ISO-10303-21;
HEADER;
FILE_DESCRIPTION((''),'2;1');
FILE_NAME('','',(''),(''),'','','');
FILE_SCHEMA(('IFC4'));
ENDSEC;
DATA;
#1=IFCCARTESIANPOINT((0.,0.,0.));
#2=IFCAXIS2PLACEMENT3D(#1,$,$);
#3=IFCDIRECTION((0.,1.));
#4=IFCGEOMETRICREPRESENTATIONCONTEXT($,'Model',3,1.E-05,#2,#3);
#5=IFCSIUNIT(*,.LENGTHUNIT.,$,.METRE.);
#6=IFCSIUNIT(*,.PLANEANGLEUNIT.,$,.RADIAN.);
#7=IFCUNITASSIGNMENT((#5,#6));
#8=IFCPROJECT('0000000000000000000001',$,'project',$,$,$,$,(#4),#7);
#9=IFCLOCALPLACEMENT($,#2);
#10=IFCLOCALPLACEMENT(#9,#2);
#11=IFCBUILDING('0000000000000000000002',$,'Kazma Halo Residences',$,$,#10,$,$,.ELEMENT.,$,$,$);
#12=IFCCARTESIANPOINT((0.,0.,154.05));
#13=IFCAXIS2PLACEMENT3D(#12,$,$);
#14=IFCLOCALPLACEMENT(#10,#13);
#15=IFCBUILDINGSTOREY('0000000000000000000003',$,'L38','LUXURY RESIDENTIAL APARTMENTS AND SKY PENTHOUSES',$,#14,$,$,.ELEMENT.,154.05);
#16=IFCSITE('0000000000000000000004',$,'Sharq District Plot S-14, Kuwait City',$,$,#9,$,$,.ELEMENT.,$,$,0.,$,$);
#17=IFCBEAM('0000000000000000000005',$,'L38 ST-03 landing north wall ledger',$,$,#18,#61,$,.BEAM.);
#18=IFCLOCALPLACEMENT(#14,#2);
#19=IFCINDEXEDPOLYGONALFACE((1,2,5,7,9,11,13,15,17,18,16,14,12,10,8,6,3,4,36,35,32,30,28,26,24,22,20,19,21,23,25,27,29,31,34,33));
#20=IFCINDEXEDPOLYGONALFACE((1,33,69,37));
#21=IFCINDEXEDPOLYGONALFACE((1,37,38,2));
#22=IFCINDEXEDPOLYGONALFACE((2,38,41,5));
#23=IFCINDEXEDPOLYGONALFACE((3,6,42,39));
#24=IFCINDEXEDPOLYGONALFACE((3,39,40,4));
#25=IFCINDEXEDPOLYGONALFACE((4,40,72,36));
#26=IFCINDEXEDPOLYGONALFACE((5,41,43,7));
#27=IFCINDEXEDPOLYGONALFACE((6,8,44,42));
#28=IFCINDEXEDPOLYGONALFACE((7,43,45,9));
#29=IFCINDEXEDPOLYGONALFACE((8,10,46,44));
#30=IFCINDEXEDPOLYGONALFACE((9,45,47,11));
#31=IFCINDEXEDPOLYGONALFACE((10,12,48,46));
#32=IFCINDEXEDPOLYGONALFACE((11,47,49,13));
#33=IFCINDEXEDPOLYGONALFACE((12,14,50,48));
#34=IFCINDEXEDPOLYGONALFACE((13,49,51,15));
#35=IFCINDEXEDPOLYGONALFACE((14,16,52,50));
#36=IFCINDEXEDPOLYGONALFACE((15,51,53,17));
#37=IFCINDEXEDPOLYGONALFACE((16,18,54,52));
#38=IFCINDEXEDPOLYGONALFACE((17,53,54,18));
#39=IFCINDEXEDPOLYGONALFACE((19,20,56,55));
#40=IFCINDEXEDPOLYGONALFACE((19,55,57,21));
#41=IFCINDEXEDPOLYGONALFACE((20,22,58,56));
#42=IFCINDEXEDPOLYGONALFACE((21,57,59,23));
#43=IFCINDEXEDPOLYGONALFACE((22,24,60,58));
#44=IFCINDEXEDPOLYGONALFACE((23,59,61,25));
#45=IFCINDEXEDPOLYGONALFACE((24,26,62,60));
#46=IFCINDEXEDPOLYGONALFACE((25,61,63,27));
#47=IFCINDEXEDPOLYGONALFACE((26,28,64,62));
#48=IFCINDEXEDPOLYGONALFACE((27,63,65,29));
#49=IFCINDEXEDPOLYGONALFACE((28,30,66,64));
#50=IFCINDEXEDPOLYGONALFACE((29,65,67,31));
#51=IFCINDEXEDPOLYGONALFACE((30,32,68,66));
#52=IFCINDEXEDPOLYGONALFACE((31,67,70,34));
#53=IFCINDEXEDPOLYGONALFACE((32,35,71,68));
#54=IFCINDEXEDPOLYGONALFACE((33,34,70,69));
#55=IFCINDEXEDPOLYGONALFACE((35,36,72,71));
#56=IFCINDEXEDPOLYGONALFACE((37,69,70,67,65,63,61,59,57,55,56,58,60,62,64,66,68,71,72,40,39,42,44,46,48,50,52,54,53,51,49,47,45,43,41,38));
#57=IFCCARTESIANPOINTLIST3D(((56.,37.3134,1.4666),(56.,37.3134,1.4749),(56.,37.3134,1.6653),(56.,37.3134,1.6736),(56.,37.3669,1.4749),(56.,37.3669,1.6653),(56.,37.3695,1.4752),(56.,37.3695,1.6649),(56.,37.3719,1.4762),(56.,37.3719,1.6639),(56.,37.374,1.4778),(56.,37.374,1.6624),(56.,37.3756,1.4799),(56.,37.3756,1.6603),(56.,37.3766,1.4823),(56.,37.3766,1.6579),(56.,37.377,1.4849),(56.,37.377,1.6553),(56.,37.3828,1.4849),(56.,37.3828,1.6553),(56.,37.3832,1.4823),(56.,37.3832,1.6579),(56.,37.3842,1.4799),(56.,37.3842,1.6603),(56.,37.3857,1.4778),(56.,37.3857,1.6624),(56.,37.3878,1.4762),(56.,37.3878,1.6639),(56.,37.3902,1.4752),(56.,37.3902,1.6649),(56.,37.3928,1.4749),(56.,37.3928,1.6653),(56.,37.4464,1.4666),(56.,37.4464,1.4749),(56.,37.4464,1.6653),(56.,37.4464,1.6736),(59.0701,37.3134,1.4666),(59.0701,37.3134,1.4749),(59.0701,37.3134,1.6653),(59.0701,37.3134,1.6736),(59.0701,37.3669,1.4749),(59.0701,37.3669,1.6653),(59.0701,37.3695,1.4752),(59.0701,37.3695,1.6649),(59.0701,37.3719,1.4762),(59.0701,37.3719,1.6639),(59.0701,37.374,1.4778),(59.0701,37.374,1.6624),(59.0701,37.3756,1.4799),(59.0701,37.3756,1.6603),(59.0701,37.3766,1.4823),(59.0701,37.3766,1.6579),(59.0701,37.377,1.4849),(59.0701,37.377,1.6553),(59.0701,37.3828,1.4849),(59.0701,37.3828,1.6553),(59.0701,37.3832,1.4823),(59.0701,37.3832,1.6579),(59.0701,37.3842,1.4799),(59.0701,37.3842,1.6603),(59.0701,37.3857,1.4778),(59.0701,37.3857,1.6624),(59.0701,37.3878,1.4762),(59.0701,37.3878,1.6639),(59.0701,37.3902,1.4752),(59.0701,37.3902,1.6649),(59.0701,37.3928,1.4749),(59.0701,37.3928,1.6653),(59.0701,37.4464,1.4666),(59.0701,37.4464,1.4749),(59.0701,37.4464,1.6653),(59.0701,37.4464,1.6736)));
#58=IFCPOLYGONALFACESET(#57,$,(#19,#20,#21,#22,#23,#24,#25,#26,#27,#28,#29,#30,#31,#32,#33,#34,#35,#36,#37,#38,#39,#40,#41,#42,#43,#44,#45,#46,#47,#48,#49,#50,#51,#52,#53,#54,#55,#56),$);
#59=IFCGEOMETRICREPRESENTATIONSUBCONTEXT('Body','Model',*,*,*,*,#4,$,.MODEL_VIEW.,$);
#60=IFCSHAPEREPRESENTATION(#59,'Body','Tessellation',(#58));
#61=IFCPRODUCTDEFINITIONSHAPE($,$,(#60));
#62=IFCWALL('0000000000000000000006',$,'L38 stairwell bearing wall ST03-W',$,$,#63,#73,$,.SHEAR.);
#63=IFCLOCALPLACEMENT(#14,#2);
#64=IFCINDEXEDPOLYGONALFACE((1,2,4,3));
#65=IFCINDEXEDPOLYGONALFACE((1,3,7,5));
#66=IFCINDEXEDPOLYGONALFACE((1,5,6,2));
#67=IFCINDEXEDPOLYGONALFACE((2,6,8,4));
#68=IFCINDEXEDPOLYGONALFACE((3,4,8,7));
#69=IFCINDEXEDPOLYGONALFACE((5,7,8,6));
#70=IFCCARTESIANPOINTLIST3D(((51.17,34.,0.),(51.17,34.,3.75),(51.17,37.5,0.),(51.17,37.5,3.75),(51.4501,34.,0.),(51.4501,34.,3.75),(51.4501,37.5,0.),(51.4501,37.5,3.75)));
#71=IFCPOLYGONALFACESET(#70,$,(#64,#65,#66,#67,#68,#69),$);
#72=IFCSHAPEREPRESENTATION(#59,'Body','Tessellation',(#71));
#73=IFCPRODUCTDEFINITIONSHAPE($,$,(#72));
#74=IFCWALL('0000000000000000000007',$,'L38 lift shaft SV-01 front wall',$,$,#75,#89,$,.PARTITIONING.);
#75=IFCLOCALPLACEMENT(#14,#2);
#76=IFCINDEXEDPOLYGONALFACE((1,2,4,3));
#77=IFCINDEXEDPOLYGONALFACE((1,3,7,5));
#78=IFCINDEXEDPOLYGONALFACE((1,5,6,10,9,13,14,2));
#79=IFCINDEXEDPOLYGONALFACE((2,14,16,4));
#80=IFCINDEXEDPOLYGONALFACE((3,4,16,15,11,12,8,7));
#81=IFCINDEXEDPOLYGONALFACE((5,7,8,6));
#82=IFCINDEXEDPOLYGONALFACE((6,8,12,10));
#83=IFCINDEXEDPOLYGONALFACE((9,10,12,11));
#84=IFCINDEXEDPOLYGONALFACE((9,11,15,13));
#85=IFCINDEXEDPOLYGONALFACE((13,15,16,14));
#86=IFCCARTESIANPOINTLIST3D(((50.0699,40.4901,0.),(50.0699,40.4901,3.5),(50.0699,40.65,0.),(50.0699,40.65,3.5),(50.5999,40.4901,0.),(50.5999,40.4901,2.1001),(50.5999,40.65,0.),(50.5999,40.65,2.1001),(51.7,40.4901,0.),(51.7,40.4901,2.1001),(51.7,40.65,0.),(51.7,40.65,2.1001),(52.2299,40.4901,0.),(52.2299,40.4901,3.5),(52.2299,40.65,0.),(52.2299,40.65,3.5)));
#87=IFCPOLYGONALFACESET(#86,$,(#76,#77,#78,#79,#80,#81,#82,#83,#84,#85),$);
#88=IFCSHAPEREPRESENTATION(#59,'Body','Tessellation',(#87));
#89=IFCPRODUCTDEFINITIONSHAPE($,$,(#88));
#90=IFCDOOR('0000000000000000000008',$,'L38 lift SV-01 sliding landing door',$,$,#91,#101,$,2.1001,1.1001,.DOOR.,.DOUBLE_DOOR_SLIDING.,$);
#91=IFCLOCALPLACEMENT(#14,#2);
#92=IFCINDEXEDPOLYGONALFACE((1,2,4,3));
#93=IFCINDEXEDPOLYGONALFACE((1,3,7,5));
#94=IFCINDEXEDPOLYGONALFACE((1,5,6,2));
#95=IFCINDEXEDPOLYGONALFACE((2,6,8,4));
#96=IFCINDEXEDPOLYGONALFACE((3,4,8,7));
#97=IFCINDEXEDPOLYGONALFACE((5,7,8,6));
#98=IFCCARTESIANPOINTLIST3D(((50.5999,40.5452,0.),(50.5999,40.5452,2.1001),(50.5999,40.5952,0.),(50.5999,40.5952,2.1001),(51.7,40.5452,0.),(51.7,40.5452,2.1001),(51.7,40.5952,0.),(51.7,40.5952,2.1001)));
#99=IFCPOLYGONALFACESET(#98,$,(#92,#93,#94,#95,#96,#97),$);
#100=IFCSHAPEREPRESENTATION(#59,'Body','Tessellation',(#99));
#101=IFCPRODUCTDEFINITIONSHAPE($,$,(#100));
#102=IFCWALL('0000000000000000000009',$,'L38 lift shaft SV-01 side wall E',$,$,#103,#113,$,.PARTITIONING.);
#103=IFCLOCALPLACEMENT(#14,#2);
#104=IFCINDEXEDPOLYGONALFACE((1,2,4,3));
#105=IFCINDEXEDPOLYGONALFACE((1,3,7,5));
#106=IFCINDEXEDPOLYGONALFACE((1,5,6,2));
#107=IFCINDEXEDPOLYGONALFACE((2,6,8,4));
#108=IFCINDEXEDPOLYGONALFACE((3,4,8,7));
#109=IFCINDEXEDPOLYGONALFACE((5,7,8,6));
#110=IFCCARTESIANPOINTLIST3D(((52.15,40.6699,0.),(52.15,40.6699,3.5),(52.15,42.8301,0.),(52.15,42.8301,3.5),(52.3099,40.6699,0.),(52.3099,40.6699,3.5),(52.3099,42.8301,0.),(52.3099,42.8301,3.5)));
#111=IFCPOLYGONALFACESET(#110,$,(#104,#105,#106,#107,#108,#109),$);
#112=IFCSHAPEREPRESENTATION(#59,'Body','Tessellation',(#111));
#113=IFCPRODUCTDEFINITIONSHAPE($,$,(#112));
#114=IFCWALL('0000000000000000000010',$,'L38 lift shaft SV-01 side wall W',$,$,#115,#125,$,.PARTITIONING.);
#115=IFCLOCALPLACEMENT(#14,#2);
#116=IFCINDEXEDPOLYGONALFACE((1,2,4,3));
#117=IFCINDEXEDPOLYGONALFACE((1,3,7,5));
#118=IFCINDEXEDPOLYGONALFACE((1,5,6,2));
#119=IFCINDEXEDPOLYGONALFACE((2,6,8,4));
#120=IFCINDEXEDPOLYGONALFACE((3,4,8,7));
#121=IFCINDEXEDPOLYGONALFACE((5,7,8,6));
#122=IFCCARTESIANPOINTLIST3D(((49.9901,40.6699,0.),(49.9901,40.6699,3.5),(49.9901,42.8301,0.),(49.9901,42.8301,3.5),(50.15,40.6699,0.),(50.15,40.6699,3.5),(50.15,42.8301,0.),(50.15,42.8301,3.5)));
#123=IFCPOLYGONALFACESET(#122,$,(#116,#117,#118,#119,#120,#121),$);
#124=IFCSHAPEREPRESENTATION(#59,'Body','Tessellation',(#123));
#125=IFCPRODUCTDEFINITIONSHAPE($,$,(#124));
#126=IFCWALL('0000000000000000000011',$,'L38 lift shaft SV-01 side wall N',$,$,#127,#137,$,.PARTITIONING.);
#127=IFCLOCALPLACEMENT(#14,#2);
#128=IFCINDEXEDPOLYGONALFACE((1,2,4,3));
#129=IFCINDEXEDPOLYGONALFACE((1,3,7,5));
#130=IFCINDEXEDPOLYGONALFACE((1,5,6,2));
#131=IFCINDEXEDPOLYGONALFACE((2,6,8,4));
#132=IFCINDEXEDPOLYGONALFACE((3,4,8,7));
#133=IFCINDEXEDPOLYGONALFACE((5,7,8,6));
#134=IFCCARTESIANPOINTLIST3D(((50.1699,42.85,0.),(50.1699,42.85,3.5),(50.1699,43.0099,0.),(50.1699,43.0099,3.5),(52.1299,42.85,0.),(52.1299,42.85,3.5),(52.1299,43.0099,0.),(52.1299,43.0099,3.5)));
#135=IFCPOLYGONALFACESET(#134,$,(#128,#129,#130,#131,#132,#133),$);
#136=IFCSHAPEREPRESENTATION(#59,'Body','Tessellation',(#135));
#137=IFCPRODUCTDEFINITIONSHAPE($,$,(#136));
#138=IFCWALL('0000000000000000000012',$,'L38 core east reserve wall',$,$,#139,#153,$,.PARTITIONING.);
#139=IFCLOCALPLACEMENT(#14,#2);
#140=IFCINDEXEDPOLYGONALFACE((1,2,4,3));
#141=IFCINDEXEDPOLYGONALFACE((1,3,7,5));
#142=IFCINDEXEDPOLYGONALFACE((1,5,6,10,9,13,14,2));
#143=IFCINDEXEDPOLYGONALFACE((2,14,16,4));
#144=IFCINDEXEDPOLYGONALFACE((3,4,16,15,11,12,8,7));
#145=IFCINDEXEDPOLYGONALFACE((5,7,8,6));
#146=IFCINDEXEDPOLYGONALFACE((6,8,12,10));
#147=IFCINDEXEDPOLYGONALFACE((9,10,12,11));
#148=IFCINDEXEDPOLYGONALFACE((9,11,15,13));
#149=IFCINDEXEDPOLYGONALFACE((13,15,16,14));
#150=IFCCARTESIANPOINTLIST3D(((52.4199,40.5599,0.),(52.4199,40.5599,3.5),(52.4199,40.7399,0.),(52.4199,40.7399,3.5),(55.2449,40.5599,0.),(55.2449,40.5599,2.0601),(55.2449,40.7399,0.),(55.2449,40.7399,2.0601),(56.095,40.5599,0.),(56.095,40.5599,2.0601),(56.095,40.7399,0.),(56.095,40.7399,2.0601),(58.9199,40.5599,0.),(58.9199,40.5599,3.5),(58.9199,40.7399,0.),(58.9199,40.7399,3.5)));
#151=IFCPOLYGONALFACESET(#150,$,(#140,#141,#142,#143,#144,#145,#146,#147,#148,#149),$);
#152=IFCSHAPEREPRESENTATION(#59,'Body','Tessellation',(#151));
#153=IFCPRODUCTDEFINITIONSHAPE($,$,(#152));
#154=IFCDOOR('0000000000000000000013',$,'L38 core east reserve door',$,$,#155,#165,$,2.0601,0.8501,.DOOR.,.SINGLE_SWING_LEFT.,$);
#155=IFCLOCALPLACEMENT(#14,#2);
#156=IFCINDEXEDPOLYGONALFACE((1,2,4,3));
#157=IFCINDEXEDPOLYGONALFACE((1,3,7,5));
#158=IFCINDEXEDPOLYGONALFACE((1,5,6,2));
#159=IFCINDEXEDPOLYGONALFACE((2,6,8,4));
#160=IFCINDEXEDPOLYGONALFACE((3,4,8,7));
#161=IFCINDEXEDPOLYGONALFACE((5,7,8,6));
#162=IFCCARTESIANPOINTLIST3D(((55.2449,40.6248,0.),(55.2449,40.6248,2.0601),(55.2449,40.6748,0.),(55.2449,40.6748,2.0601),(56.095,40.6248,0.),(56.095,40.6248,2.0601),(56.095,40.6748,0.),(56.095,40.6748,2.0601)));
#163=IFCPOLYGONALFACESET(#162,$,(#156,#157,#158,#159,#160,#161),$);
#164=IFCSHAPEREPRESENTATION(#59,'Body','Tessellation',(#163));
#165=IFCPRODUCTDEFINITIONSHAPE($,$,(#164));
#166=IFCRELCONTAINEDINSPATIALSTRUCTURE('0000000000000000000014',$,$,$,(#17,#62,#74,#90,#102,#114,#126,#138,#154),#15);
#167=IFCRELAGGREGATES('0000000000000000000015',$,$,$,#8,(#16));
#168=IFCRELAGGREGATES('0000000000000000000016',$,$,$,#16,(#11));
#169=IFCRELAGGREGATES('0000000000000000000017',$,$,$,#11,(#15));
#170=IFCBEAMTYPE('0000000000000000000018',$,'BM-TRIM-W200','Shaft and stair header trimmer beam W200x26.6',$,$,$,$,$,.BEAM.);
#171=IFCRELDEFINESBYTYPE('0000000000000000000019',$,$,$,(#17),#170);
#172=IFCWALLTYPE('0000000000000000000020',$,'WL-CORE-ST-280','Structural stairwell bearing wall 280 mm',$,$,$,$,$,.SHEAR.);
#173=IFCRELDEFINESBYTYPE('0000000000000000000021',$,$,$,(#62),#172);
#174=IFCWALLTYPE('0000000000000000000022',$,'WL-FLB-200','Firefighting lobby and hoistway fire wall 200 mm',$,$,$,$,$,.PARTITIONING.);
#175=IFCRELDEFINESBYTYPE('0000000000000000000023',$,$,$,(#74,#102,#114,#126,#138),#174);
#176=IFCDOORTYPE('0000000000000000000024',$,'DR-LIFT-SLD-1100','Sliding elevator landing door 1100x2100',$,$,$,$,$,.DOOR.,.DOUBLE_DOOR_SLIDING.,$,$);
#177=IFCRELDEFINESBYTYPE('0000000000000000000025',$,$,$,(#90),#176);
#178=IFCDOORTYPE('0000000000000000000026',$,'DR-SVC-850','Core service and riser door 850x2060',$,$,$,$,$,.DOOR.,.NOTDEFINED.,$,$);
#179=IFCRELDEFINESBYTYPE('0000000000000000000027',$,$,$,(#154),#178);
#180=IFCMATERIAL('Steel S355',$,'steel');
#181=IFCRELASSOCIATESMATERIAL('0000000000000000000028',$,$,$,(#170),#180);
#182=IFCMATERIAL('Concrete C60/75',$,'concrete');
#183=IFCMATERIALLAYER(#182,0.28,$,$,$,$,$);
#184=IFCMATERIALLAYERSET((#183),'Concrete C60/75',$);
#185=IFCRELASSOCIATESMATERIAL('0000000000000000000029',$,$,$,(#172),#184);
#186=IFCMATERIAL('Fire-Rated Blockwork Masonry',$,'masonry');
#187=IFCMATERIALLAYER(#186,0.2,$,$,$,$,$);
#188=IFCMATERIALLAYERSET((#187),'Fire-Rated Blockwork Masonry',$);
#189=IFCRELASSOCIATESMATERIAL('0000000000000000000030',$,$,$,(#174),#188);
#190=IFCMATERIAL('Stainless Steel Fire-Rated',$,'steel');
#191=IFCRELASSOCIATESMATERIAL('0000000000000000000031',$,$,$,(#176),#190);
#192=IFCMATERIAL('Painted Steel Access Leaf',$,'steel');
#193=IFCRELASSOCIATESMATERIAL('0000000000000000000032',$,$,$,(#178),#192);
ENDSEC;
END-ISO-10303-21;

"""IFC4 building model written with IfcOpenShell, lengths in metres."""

from ifc_helpers import new_model, si_unit, direction, frame, frame_2d, origin, origin_2d, place, context, subcontext, project, spatial, rectangle, i_section, extrude, material, layer, layer_set, material_profile, profile_set, type_object, element, fill, save


model = new_model("IFC4")

# Units and contexts
model_context = context("Model", 3, precision=1e-05, world=origin(), true_north=direction((0.0, 1.0)))
body_context = subcontext(model_context, "Body", "Model", "MODEL_VIEW")
ifc_project = project(units=[si_unit("LENGTHUNIT", "METRE"), si_unit("PLANEANGLEUNIT", "RADIAN")], contexts=[model_context])

# Site, building, storey
site_placement = place(None, origin())
site = spatial("IfcSite", under=ifc_project, at=site_placement, Name="Sharq District Plot S-14, Kuwait City", CompositionType="ELEMENT", RefElevation=0.0)
building_placement = place(site_placement, origin())
building = spatial("IfcBuilding", under=site, at=building_placement, Name="Kazma Halo Residences", CompositionType="ELEMENT")
storey_placement = place(building_placement, frame((0.0, 0.0, 154.05)))
storey = spatial("IfcBuildingStorey", under=building, at=storey_placement, Name="L38", Description="LUXURY RESIDENTIAL APARTMENTS AND SKY PENTHOUSES", CompositionType="ELEMENT", Elevation=154.05)

# Shared definitions
ifc_material_1 = material(Name="Steel S355", Category="steel")

# Beam
ifc_material_profile_1 = material_profile(ifc_material_1, i_section(OverallWidth=0.1331, OverallDepth=0.207, WebThickness=0.0059, FlangeThickness=0.0083, FilletRadius=0.01, at=origin_2d()), Name="W200x26.6")
ifc_profile_set_1 = profile_set([ifc_material_profile_1], Name="Steel S355")
beam_type = type_object("IfcBeamType", Name="BM-TRIM-W200", Description="Shaft and stair header trimmer beam W200x26.6", PredefinedType="BEAM", material=ifc_profile_set_1)
beam_1_placement = place(storey_placement, frame((56.0, 37.3799, 1.5701), z_axis=(1.0, 0.0, 0.0), x_axis=(0.0, 1.0, 0.0)))
element("IfcBeam", 1, at=beam_1_placement, inside=storey, type_object=beam_type, Name="L38 ST-03 landing north wall ledger", PredefinedType="BEAM", context=body_context, shape_type="SweptSolid", body=[
    extrude(i_section(OverallWidth=0.1331, OverallDepth=0.207, WebThickness=0.0059, FlangeThickness=0.0083, FilletRadius=0.01, at=origin_2d()), origin(), (0.0, 0.0, 1.0), 3.0701),
])

# Wall
ifc_material_2 = material(Name="Concrete C60/75", Category="concrete")
ifc_layer_1 = layer(ifc_material_2, 0.28)
ifc_layer_set_1 = layer_set([ifc_layer_1], Name="Concrete C60/75")
wall_type_1 = type_object("IfcWallType", Name="WL-CORE-ST-280", Description="Structural stairwell bearing wall 280 mm", PredefinedType="SHEAR", material=ifc_layer_set_1)
wall_1_placement = place(storey_placement, frame((51.3101, 34.0, 0.0), z_axis=(0.0, 0.0, 1.0), x_axis=(0.0, 1.0, 0.0)))
element("IfcWall", 2, at=wall_1_placement, inside=storey, type_object=wall_type_1, Name="L38 stairwell bearing wall ST03-W", PredefinedType="SHEAR", context=body_context, shape_type="SweptSolid", body=[
    extrude(rectangle(XDim=3.5, YDim=0.28, at=frame_2d((1.75, 0.0))), origin(), (0.0, 0.0, 1.0), 3.75),
])

# Wall, opening, door
ifc_material_3 = material(Name="Fire-Rated Blockwork Masonry", Category="masonry")
ifc_layer_2 = layer(ifc_material_3, 0.2)
ifc_layer_set_2 = layer_set([ifc_layer_2], Name="Fire-Rated Blockwork Masonry")
wall_type_2 = type_object("IfcWallType", Name="WL-FLB-200", Description="Firefighting lobby and hoistway fire wall 200 mm", PredefinedType="PARTITIONING", material=ifc_layer_set_2)
wall_2_placement = place(storey_placement, frame((52.23, 40.5701, 0.0), z_axis=(0.0, 0.0, 1.0), x_axis=(-1.0, 0.0, 0.0)))
wall_2 = element("IfcWall", 3, at=wall_2_placement, inside=storey, type_object=wall_type_2, Name="L38 lift shaft SV-01 front wall", PredefinedType="PARTITIONING", context=body_context, shape_type="SweptSolid", body=[
    extrude(rectangle(XDim=2.1599, YDim=0.1599, at=frame_2d((1.0801, 0.0))), origin(), (0.0, 0.0, 1.0), 3.5),
])
opening_1_placement = place(wall_2_placement, frame((0.53, 0.0, 0.0)))
opening_1 = element("IfcOpeningElement", 4, at=opening_1_placement, cuts=wall_2, PredefinedType="OPENING", context=body_context, shape_type="SweptSolid", body=[
    extrude(rectangle(XDim=1.1001, YDim=2.1001, at=frame_2d((0.55, 1.05))), frame((0.0, 0.0898, 0.0), z_axis=(0.0, -1.0, 0.0), x_axis=(1.0, 0.0, 0.0)), (0.0, 0.0, 1.0), 0.1799),
])
ifc_material_4 = material(Name="Stainless Steel Fire-Rated", Category="steel")
door_type_1 = type_object("IfcDoorType", Name="DR-LIFT-SLD-1100", Description="Sliding elevator landing door 1100x2100", OperationType="DOUBLE_DOOR_SLIDING", PredefinedType="DOOR", material=ifc_material_4)
door_1_placement = place(opening_1_placement, origin())
door_1 = element("IfcDoor", 5, at=door_1_placement, inside=storey, type_object=door_type_1, Name="L38 lift SV-01 sliding landing door", OperationType="DOUBLE_DOOR_SLIDING", OverallHeight=2.1001, OverallWidth=1.1001, PredefinedType="DOOR", context=body_context, shape_type="SweptSolid", body=[
    extrude(rectangle(XDim=1.1001, YDim=2.1001, at=frame_2d((0.55, 1.05))), frame((0.0, 0.0249, 0.0), z_axis=(0.0, -1.0, 0.0), x_axis=(1.0, 0.0, 0.0)), (0.0, 0.0, 1.0), 0.05),
])
fill(opening_1, door_1)

# Walls
for number, where, z_axis, x_axis, name in (
    (6, (52.23, 40.6699, 0.0), (0.0, 0.0, 1.0), (0.0, 1.0, 0.0), "L38 lift shaft SV-01 side wall E"),
    (7, (50.0701, 40.6699, 0.0), (0.0, 0.0, 1.0), (0.0, 1.0, 0.0), "L38 lift shaft SV-01 side wall W"),
):
    element("IfcWall", number, at=place(storey_placement, frame(where, z_axis=z_axis, x_axis=x_axis)), inside=storey, type_object=wall_type_2, Name=name, PredefinedType="PARTITIONING", context=body_context, shape_type="SweptSolid", body=[
        extrude(rectangle(XDim=2.1602, YDim=0.1599, at=frame_2d((1.0801, 0.0))), origin(), (0.0, 0.0, 1.0), 3.5),
    ])
wall_3_placement = place(storey_placement, frame((50.1699, 42.9299, 0.0), z_axis=(0.0, 0.0, 1.0), x_axis=(1.0, 0.0, 0.0)))
element("IfcWall", 8, at=wall_3_placement, inside=storey, type_object=wall_type_2, Name="L38 lift shaft SV-01 side wall N", PredefinedType="PARTITIONING", context=body_context, shape_type="SweptSolid", body=[
    extrude(rectangle(XDim=1.96, YDim=0.1599, at=frame_2d((0.98, 0.0))), origin(), (0.0, 0.0, 1.0), 3.5),
])

# Wall, opening, door
wall_4_placement = place(storey_placement, frame((52.4199, 40.6499, 0.0), z_axis=(0.0, 0.0, 1.0), x_axis=(1.0, 0.0, 0.0)))
wall_4 = element("IfcWall", 9, at=wall_4_placement, inside=storey, type_object=wall_type_2, Name="L38 core east reserve wall", PredefinedType="PARTITIONING", context=body_context, shape_type="SweptSolid", body=[
    extrude(rectangle(XDim=6.5, YDim=0.1799, at=frame_2d((3.25, 0.0))), origin(), (0.0, 0.0, 1.0), 3.5),
])
opening_2_placement = place(wall_4_placement, frame((2.825, 0.0, 0.0)))
opening_2 = element("IfcOpeningElement", 10, at=opening_2_placement, cuts=wall_4, PredefinedType="OPENING", context=body_context, shape_type="SweptSolid", body=[
    extrude(rectangle(XDim=0.8501, YDim=2.0601, at=frame_2d((0.425, 1.03))), frame((0.0, 0.0999, 0.0), z_axis=(0.0, -1.0, 0.0), x_axis=(1.0, 0.0, 0.0)), (0.0, 0.0, 1.0), 0.2),
])
ifc_material_5 = material(Name="Painted Steel Access Leaf", Category="steel")
door_type_2 = type_object("IfcDoorType", Name="DR-SVC-850", Description="Core service and riser door 850x2060", OperationType="NOTDEFINED", PredefinedType="DOOR", material=ifc_material_5)
door_2_placement = place(opening_2_placement, origin())
door_2 = element("IfcDoor", 11, at=door_2_placement, inside=storey, type_object=door_type_2, Name="L38 core east reserve door", OperationType="SINGLE_SWING_LEFT", OverallHeight=2.0601, OverallWidth=0.8501, PredefinedType="DOOR", context=body_context, shape_type="SweptSolid", body=[
    extrude(rectangle(XDim=0.8501, YDim=2.0601, at=frame_2d((0.425, 1.03))), frame((0.0, 0.0249, 0.0), z_axis=(0.0, -1.0, 0.0), x_axis=(1.0, 0.0, 0.0)), (0.0, 0.0, 1.0), 0.05),
])
fill(opening_2, door_2)

save(model, "model.ifc")
